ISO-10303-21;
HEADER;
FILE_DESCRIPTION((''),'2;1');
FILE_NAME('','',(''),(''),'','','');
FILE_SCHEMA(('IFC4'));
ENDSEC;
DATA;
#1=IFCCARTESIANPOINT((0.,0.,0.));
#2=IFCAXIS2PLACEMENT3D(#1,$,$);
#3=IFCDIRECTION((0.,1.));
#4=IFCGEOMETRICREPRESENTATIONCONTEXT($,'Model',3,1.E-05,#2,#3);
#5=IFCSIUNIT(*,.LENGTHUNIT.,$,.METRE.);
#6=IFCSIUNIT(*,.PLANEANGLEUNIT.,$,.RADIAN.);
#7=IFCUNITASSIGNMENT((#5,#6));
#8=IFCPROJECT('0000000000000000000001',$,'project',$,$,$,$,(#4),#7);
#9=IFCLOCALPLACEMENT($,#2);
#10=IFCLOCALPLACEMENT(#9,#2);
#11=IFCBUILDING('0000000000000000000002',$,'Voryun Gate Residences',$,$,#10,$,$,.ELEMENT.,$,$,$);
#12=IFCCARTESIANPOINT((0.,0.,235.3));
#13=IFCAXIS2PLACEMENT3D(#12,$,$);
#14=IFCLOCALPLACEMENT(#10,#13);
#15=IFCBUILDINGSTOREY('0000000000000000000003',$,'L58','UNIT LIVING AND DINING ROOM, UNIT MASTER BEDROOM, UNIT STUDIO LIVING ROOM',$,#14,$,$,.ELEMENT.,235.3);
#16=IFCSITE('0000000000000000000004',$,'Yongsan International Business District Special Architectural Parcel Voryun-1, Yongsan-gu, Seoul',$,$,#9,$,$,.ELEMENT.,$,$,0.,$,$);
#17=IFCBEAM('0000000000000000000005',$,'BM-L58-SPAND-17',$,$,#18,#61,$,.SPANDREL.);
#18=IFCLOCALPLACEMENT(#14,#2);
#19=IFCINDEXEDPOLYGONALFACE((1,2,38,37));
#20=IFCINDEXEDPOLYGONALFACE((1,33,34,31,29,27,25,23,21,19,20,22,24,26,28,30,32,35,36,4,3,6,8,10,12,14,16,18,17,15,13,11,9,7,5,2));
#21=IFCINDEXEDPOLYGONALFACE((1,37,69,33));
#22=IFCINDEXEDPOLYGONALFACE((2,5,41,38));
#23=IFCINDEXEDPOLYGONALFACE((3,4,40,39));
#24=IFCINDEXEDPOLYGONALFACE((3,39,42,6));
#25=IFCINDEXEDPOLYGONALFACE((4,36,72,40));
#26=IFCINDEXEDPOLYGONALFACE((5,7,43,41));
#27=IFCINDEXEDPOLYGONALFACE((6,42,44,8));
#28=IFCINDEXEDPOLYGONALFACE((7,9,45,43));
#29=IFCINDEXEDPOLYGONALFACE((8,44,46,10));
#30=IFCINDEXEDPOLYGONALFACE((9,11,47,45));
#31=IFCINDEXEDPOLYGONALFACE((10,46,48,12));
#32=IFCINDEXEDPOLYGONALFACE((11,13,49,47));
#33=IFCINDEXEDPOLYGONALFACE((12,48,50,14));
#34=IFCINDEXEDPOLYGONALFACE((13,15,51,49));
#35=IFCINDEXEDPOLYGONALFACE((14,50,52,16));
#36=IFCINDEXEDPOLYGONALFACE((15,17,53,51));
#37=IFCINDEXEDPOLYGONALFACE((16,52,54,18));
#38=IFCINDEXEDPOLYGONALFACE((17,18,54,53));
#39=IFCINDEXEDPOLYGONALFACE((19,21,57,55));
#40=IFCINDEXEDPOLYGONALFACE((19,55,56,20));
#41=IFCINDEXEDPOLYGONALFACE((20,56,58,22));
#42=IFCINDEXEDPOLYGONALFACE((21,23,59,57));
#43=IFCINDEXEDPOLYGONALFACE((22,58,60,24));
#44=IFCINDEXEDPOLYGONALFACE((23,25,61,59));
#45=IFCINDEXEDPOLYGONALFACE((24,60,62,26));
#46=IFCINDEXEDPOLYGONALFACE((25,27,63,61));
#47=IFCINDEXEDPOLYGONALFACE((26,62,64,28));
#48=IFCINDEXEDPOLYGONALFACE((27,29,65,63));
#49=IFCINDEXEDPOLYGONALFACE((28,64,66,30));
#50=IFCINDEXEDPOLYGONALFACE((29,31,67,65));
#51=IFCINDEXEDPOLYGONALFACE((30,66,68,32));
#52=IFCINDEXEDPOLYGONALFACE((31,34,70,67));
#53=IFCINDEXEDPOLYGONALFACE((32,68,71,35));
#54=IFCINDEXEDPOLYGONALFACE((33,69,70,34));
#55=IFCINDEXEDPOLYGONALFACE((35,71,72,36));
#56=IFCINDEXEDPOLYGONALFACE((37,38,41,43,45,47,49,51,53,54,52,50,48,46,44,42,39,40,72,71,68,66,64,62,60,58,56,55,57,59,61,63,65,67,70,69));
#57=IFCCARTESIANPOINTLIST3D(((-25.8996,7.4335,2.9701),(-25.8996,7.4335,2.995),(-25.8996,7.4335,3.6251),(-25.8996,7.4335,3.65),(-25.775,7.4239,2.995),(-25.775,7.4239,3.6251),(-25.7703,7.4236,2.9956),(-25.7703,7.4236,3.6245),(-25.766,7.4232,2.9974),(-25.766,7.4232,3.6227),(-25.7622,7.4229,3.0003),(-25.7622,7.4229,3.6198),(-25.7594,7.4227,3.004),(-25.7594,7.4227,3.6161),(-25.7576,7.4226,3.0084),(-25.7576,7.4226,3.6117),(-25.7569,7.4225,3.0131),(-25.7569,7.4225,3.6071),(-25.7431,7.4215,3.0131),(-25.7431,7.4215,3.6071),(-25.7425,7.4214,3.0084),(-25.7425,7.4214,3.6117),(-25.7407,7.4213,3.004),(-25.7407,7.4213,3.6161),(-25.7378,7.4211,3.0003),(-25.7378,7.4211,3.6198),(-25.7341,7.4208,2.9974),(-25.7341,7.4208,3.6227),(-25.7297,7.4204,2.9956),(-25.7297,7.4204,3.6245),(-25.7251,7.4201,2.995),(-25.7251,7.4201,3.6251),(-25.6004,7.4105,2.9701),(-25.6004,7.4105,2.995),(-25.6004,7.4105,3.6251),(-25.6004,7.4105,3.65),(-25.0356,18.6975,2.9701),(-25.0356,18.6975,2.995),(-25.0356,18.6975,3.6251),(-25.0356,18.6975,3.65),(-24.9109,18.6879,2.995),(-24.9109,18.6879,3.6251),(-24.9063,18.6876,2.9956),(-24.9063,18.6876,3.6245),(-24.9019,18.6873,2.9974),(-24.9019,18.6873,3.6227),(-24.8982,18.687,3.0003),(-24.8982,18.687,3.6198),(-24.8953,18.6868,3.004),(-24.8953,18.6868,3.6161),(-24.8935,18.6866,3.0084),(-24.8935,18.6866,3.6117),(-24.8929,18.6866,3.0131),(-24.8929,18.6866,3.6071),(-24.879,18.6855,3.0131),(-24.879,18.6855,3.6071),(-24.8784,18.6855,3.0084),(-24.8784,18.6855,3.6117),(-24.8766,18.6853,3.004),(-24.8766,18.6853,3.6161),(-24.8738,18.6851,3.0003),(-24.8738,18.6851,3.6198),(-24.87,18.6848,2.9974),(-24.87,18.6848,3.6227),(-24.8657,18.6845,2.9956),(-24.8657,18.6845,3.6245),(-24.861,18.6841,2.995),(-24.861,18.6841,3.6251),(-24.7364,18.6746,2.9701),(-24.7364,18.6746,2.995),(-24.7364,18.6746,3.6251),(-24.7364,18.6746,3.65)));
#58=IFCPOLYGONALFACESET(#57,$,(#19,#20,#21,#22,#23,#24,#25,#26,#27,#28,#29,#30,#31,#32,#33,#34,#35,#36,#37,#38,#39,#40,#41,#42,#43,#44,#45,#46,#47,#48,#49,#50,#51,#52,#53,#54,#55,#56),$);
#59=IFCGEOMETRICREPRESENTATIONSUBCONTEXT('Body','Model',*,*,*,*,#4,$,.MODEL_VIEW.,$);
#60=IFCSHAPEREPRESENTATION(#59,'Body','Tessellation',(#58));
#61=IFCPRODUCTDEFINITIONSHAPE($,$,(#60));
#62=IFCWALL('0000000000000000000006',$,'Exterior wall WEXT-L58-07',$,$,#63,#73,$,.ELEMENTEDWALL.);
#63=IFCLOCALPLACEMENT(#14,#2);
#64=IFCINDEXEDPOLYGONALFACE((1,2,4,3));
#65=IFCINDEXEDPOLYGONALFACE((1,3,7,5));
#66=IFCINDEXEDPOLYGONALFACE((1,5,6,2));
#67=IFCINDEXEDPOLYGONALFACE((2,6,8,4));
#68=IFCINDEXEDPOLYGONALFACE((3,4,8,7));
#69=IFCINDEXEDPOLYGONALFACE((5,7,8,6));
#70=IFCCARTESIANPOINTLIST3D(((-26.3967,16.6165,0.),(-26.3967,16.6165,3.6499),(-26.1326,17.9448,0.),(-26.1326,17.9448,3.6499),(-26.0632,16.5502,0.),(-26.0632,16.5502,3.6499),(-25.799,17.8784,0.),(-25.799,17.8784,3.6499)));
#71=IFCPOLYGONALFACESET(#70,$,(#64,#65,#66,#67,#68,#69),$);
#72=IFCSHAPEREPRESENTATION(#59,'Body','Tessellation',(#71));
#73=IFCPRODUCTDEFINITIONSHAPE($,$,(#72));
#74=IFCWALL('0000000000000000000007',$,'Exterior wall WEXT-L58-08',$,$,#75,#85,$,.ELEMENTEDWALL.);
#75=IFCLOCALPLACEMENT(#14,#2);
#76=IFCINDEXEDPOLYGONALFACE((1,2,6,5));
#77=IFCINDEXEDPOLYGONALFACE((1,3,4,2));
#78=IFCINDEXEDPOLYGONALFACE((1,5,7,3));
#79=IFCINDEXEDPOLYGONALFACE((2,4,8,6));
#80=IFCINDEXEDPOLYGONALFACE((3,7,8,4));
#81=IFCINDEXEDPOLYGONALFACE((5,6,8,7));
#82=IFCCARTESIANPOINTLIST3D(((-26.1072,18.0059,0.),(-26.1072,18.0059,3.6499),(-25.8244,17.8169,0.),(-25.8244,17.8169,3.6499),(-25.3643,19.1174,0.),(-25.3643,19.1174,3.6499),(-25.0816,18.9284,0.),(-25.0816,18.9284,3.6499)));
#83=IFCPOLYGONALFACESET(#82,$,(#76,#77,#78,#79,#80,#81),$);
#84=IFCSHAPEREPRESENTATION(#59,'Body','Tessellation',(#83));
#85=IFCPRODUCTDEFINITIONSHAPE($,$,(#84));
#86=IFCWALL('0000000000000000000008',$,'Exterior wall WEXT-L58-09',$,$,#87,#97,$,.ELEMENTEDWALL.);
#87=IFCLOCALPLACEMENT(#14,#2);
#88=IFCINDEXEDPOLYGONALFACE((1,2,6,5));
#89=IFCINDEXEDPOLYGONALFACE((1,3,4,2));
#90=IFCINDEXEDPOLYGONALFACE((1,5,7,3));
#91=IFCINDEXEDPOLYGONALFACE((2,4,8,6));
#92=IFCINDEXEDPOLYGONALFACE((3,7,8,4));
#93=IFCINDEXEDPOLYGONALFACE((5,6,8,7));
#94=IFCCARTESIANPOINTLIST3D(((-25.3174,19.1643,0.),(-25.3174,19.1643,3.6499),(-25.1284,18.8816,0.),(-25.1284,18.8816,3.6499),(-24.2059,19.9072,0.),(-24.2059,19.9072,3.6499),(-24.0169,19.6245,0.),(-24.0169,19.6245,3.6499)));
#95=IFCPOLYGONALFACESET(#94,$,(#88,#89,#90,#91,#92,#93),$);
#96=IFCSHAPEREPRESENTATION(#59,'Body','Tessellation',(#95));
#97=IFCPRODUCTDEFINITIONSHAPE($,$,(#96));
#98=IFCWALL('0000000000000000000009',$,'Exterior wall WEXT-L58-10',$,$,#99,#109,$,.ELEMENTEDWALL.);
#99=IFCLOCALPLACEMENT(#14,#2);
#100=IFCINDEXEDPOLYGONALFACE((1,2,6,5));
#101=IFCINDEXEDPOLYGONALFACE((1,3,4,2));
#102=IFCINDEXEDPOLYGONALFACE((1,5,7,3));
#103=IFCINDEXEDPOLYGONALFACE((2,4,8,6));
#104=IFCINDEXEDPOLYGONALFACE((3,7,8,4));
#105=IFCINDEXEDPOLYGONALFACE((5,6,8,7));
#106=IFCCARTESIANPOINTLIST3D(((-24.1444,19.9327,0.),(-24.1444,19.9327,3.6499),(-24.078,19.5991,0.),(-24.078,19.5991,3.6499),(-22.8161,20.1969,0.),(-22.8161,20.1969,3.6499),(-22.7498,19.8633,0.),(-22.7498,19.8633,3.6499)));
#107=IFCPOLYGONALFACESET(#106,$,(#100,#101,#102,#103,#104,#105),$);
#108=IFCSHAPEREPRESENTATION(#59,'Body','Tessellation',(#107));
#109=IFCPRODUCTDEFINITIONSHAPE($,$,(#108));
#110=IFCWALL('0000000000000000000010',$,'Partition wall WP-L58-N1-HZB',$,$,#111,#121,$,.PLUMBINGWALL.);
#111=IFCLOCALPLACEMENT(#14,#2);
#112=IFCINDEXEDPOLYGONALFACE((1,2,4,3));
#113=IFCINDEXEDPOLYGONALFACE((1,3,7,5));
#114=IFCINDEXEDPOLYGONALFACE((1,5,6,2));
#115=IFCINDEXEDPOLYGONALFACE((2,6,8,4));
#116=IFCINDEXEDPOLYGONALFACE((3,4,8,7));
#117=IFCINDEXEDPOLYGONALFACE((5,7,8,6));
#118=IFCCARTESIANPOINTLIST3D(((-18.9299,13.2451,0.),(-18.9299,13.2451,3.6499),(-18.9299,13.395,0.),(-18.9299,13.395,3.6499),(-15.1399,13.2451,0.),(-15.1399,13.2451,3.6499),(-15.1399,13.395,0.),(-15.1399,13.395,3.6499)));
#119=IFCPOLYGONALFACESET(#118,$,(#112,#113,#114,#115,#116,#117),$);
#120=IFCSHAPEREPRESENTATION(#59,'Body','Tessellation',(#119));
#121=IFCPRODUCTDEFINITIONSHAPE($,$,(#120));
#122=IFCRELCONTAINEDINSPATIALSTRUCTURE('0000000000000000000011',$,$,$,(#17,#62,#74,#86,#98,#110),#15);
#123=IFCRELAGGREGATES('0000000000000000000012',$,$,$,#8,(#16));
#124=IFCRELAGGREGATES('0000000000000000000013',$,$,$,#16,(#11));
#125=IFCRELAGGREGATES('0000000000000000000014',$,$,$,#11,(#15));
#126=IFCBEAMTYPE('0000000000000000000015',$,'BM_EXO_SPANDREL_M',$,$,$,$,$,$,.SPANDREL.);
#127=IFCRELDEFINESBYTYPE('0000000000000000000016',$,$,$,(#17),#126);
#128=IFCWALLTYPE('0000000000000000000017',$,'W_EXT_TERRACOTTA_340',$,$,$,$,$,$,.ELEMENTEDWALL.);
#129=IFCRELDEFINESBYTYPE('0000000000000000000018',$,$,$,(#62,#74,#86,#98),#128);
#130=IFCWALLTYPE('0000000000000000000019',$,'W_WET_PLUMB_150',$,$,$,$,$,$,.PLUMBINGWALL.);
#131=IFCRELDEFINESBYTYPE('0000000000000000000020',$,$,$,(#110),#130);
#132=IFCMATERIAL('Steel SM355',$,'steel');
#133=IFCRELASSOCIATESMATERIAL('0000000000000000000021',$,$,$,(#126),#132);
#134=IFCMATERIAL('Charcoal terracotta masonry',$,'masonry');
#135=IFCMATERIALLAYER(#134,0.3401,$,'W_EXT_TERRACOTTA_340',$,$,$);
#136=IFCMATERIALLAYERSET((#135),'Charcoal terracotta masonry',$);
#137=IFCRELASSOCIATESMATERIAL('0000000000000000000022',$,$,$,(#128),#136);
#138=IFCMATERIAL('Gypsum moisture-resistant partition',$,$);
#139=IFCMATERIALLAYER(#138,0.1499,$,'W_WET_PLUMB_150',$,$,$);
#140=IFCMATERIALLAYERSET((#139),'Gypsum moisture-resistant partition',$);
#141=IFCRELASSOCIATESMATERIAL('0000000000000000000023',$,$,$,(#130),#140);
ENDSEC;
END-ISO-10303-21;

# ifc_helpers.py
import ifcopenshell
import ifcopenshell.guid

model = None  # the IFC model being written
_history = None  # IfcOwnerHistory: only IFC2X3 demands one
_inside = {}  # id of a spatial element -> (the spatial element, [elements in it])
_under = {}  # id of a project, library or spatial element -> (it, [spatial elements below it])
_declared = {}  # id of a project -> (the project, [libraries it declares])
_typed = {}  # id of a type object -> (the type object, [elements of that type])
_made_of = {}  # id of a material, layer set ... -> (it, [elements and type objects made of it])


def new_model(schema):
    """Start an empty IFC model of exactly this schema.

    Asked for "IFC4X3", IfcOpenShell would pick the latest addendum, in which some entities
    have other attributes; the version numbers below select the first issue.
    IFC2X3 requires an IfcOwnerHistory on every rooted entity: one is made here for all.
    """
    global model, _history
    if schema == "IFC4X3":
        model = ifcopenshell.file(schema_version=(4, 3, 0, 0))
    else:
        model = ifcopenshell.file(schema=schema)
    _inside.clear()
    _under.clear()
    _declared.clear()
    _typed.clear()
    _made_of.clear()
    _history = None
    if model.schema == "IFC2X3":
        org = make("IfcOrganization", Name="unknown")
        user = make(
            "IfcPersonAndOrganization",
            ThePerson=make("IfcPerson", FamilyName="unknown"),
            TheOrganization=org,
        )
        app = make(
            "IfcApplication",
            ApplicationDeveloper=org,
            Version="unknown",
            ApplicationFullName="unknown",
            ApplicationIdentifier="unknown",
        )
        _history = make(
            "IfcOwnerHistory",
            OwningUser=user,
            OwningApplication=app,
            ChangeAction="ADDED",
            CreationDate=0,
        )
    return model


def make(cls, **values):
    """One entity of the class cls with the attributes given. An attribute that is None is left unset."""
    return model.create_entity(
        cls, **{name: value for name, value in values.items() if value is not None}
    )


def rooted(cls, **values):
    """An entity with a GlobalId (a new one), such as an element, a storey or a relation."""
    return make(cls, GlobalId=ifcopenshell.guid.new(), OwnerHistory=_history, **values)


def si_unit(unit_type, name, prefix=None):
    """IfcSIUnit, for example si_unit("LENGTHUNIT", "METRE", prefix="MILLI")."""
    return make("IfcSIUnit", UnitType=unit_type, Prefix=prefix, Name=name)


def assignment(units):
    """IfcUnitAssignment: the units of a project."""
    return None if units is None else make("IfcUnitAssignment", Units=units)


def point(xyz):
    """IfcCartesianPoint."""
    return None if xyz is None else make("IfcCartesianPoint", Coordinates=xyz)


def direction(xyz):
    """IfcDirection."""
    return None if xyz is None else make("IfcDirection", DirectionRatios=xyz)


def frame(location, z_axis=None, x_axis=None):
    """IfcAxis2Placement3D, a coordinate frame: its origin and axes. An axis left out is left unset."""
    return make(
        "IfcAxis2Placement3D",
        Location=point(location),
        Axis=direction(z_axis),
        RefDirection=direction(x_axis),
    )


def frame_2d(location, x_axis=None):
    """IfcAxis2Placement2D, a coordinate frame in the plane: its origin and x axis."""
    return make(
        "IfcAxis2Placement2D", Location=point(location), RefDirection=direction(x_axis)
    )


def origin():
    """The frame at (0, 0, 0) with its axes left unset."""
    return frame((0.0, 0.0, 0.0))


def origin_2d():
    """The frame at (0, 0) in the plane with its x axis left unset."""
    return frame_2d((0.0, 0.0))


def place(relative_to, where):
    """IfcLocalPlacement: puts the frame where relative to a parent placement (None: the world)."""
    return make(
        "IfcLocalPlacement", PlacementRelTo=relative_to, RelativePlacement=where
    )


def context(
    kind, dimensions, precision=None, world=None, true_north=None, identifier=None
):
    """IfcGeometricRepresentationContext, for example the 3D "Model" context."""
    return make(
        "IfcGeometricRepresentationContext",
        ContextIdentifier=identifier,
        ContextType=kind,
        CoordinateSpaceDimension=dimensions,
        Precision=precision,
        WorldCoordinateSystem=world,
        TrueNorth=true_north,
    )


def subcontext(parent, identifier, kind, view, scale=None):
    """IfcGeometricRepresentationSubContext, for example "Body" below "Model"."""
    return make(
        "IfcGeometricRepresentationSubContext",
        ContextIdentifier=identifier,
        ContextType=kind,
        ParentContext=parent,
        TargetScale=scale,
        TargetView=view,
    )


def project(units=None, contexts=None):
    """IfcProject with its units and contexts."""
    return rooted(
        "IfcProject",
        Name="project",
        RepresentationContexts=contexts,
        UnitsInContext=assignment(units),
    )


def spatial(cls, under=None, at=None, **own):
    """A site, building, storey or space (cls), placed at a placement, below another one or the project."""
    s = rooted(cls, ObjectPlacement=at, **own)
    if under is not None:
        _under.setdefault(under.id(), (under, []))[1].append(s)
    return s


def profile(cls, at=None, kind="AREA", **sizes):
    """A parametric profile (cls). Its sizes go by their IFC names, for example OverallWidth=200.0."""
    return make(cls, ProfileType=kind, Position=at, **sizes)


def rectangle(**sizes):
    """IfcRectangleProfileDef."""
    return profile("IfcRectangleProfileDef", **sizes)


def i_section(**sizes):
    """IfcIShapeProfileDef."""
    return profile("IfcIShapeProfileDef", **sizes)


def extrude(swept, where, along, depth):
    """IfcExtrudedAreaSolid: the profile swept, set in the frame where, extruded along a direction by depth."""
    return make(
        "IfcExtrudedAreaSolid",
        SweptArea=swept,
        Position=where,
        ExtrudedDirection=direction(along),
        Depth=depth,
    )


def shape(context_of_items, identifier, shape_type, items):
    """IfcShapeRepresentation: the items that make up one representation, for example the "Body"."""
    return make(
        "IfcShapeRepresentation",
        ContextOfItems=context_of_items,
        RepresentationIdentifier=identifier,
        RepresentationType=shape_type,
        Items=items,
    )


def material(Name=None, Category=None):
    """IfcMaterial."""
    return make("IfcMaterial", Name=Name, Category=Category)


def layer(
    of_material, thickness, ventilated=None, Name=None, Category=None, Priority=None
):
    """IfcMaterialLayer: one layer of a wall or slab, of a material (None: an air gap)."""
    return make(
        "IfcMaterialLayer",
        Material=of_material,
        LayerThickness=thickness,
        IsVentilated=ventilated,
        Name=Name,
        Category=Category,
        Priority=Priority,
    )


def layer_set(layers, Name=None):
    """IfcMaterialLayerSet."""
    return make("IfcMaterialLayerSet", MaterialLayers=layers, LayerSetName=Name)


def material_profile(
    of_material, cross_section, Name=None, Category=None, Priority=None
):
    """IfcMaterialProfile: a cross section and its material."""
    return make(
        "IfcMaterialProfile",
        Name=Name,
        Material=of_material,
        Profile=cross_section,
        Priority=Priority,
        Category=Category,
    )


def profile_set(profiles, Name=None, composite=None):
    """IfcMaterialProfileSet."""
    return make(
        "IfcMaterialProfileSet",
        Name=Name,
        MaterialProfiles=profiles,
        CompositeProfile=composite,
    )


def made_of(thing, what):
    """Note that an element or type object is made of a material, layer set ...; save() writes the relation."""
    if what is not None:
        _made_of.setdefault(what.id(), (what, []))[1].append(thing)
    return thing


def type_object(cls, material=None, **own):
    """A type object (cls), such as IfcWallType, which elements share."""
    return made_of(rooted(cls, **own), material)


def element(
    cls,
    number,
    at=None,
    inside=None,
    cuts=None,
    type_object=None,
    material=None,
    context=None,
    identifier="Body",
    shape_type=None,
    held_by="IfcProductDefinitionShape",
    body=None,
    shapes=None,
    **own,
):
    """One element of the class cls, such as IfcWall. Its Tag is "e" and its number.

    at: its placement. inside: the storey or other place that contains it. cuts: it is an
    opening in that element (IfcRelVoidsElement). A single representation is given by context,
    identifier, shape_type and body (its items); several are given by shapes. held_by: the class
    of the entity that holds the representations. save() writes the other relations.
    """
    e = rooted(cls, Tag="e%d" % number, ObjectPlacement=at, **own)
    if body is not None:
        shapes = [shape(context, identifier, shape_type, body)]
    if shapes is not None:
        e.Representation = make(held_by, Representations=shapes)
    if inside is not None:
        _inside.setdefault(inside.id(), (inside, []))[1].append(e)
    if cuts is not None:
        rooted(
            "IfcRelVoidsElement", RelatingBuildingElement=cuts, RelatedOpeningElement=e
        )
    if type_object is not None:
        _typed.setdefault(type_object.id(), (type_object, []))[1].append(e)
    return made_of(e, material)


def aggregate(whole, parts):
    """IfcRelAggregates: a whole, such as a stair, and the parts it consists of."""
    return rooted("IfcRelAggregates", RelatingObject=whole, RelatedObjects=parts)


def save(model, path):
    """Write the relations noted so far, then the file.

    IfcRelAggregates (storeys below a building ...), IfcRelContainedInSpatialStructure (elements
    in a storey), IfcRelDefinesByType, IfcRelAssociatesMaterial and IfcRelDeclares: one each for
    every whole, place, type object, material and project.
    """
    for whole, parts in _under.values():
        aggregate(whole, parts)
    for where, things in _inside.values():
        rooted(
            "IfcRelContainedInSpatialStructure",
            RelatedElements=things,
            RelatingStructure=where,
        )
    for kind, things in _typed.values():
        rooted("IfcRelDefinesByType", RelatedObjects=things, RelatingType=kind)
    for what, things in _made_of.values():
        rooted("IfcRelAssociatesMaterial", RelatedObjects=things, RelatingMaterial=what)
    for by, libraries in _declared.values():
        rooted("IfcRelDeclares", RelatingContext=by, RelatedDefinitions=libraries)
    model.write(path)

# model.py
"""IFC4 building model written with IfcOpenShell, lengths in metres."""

from ifc_helpers import new_model, si_unit, direction, frame, frame_2d, origin, origin_2d, place, context, subcontext, project, spatial, rectangle, i_section, extrude, material, layer, layer_set, material_profile, profile_set, type_object, element, save


model = new_model("IFC4")

# Units and contexts
model_context = context("Model", 3, precision=1e-05, world=origin(), true_north=direction((0.0, 1.0)))
body_context = subcontext(model_context, "Body", "Model", "MODEL_VIEW")
ifc_project = project(units=[si_unit("LENGTHUNIT", "METRE"), si_unit("PLANEANGLEUNIT", "RADIAN")], contexts=[model_context])

# Site, building, storey
site_placement = place(None, origin())
site = spatial("IfcSite", under=ifc_project, at=site_placement, Name="Yongsan International Business District Special Architectural Parcel Voryun-1, Yongsan-gu, Seoul", CompositionType="ELEMENT", RefElevation=0.0)
building_placement = place(site_placement, origin())
building = spatial("IfcBuilding", under=site, at=building_placement, Name="Voryun Gate Residences", CompositionType="ELEMENT")
storey_placement = place(building_placement, frame((0.0, 0.0, 235.3)))
storey = spatial("IfcBuildingStorey", under=building, at=storey_placement, Name="L58", Description="UNIT LIVING AND DINING ROOM, UNIT MASTER BEDROOM, UNIT STUDIO LIVING ROOM", CompositionType="ELEMENT", Elevation=235.3)

# Beam
ifc_material_1 = material(Name="Steel SM355", Category="steel")
ifc_material_profile_1 = material_profile(ifc_material_1, i_section(OverallWidth=0.3, OverallDepth=0.6799, WebThickness=0.0139, FlangeThickness=0.0249, FilletRadius=0.0181, at=origin_2d()), Name="H-680x300x14x25")
ifc_profile_set_1 = profile_set([ifc_material_profile_1], Name="Steel SM355")
beam_type = type_object("IfcBeamType", Name="BM_EXO_SPANDREL_M", PredefinedType="SPANDREL", material=ifc_profile_set_1)
beam_1_placement = place(storey_placement, frame((-24.886, 18.686, 3.3101), z_axis=(-0.076482, -0.997071, 0.0), x_axis=(0.997071, -0.076482, 0.0)))
element("IfcBeam", 1, at=beam_1_placement, inside=storey, type_object=beam_type, Name="BM-L58-SPAND-17", PredefinedType="SPANDREL", context=body_context, shape_type="SweptSolid", body=[
    extrude(i_section(OverallWidth=0.3, OverallDepth=0.6799, WebThickness=0.0139, FlangeThickness=0.0249, FilletRadius=0.0181, at=origin_2d()), origin(), (0.0, 0.0, 1.0), 11.2971),
])

# Walls
ifc_material_2 = material(Name="Charcoal terracotta masonry", Category="masonry")
ifc_layer_1 = layer(ifc_material_2, 0.3401, Name="W_EXT_TERRACOTTA_340")
ifc_layer_set_1 = layer_set([ifc_layer_1], Name="Charcoal terracotta masonry")
wall_type_1 = type_object("IfcWallType", Name="W_EXT_TERRACOTTA_340", PredefinedType="ELEMENTEDWALL", material=ifc_layer_set_1)
wall_1_placement = place(storey_placement, frame((-26.23, 16.5833, 0.0), z_axis=(0.0, 0.0, 1.0), x_axis=(0.195076, 0.980788, 0.0)))
element("IfcWall", 2, at=wall_1_placement, inside=storey, type_object=wall_type_1, Name="Exterior wall WEXT-L58-07", PredefinedType="ELEMENTEDWALL", context=body_context, shape_type="SweptSolid", body=[
    extrude(rectangle(XDim=1.3542, YDim=0.3401, at=frame_2d((0.6772, 0.0))), origin(), (0.0, 0.0, 1.0), 3.6499),
])
for number, where, z_axis, x_axis, name in (
    (3, (-25.9658, 17.9114, 0.0), (0.0, 0.0, 1.0), (0.555669, 0.831404, 0.0), "Exterior wall WEXT-L58-08"),
    (4, (-25.2229, 19.0229, 0.0), (0.0, 0.0, 1.0), (0.831404, 0.555669, 0.0), "Exterior wall WEXT-L58-09"),
):
    element("IfcWall", number, at=place(storey_placement, frame(where, z_axis=z_axis, x_axis=x_axis)), inside=storey, type_object=wall_type_1, Name=name, PredefinedType="ELEMENTEDWALL", context=body_context, shape_type="SweptSolid", body=[
        extrude(rectangle(XDim=1.3369, YDim=0.3401, at=frame_2d((0.6685, 0.0))), origin(), (0.0, 0.0, 1.0), 3.6499),
    ])
wall_2_placement = place(storey_placement, frame((-24.1113, 19.7659, 0.0), z_axis=(0.0, 0.0, 1.0), x_axis=(0.980788, 0.195076, 0.0)))
element("IfcWall", 5, at=wall_2_placement, inside=storey, type_object=wall_type_1, Name="Exterior wall WEXT-L58-10", PredefinedType="ELEMENTEDWALL", context=body_context, shape_type="SweptSolid", body=[
    extrude(rectangle(XDim=1.3542, YDim=0.3401, at=frame_2d((0.6772, 0.0))), origin(), (0.0, 0.0, 1.0), 3.6499),
])

# Wall
ifc_material_3 = material(Name="Gypsum moisture-resistant partition")
ifc_layer_2 = layer(ifc_material_3, 0.1499, Name="W_WET_PLUMB_150")
ifc_layer_set_2 = layer_set([ifc_layer_2], Name="Gypsum moisture-resistant partition")
wall_type_2 = type_object("IfcWallType", Name="W_WET_PLUMB_150", PredefinedType="PLUMBINGWALL", material=ifc_layer_set_2)
wall_3_placement = place(storey_placement, frame((-18.9299, 13.3201, 0.0), z_axis=(0.0, 0.0, 1.0), x_axis=(1.0, 0.0, 0.0)))
element("IfcWall", 6, at=wall_3_placement, inside=storey, type_object=wall_type_2, Name="Partition wall WP-L58-N1-HZB", PredefinedType="PLUMBINGWALL", context=body_context, shape_type="SweptSolid", body=[
    extrude(rectangle(XDim=3.79, YDim=0.1499, at=frame_2d((1.895, 0.0))), origin(), (0.0, 0.0, 1.0), 3.6499),
])

save(model, "model.ifc")
